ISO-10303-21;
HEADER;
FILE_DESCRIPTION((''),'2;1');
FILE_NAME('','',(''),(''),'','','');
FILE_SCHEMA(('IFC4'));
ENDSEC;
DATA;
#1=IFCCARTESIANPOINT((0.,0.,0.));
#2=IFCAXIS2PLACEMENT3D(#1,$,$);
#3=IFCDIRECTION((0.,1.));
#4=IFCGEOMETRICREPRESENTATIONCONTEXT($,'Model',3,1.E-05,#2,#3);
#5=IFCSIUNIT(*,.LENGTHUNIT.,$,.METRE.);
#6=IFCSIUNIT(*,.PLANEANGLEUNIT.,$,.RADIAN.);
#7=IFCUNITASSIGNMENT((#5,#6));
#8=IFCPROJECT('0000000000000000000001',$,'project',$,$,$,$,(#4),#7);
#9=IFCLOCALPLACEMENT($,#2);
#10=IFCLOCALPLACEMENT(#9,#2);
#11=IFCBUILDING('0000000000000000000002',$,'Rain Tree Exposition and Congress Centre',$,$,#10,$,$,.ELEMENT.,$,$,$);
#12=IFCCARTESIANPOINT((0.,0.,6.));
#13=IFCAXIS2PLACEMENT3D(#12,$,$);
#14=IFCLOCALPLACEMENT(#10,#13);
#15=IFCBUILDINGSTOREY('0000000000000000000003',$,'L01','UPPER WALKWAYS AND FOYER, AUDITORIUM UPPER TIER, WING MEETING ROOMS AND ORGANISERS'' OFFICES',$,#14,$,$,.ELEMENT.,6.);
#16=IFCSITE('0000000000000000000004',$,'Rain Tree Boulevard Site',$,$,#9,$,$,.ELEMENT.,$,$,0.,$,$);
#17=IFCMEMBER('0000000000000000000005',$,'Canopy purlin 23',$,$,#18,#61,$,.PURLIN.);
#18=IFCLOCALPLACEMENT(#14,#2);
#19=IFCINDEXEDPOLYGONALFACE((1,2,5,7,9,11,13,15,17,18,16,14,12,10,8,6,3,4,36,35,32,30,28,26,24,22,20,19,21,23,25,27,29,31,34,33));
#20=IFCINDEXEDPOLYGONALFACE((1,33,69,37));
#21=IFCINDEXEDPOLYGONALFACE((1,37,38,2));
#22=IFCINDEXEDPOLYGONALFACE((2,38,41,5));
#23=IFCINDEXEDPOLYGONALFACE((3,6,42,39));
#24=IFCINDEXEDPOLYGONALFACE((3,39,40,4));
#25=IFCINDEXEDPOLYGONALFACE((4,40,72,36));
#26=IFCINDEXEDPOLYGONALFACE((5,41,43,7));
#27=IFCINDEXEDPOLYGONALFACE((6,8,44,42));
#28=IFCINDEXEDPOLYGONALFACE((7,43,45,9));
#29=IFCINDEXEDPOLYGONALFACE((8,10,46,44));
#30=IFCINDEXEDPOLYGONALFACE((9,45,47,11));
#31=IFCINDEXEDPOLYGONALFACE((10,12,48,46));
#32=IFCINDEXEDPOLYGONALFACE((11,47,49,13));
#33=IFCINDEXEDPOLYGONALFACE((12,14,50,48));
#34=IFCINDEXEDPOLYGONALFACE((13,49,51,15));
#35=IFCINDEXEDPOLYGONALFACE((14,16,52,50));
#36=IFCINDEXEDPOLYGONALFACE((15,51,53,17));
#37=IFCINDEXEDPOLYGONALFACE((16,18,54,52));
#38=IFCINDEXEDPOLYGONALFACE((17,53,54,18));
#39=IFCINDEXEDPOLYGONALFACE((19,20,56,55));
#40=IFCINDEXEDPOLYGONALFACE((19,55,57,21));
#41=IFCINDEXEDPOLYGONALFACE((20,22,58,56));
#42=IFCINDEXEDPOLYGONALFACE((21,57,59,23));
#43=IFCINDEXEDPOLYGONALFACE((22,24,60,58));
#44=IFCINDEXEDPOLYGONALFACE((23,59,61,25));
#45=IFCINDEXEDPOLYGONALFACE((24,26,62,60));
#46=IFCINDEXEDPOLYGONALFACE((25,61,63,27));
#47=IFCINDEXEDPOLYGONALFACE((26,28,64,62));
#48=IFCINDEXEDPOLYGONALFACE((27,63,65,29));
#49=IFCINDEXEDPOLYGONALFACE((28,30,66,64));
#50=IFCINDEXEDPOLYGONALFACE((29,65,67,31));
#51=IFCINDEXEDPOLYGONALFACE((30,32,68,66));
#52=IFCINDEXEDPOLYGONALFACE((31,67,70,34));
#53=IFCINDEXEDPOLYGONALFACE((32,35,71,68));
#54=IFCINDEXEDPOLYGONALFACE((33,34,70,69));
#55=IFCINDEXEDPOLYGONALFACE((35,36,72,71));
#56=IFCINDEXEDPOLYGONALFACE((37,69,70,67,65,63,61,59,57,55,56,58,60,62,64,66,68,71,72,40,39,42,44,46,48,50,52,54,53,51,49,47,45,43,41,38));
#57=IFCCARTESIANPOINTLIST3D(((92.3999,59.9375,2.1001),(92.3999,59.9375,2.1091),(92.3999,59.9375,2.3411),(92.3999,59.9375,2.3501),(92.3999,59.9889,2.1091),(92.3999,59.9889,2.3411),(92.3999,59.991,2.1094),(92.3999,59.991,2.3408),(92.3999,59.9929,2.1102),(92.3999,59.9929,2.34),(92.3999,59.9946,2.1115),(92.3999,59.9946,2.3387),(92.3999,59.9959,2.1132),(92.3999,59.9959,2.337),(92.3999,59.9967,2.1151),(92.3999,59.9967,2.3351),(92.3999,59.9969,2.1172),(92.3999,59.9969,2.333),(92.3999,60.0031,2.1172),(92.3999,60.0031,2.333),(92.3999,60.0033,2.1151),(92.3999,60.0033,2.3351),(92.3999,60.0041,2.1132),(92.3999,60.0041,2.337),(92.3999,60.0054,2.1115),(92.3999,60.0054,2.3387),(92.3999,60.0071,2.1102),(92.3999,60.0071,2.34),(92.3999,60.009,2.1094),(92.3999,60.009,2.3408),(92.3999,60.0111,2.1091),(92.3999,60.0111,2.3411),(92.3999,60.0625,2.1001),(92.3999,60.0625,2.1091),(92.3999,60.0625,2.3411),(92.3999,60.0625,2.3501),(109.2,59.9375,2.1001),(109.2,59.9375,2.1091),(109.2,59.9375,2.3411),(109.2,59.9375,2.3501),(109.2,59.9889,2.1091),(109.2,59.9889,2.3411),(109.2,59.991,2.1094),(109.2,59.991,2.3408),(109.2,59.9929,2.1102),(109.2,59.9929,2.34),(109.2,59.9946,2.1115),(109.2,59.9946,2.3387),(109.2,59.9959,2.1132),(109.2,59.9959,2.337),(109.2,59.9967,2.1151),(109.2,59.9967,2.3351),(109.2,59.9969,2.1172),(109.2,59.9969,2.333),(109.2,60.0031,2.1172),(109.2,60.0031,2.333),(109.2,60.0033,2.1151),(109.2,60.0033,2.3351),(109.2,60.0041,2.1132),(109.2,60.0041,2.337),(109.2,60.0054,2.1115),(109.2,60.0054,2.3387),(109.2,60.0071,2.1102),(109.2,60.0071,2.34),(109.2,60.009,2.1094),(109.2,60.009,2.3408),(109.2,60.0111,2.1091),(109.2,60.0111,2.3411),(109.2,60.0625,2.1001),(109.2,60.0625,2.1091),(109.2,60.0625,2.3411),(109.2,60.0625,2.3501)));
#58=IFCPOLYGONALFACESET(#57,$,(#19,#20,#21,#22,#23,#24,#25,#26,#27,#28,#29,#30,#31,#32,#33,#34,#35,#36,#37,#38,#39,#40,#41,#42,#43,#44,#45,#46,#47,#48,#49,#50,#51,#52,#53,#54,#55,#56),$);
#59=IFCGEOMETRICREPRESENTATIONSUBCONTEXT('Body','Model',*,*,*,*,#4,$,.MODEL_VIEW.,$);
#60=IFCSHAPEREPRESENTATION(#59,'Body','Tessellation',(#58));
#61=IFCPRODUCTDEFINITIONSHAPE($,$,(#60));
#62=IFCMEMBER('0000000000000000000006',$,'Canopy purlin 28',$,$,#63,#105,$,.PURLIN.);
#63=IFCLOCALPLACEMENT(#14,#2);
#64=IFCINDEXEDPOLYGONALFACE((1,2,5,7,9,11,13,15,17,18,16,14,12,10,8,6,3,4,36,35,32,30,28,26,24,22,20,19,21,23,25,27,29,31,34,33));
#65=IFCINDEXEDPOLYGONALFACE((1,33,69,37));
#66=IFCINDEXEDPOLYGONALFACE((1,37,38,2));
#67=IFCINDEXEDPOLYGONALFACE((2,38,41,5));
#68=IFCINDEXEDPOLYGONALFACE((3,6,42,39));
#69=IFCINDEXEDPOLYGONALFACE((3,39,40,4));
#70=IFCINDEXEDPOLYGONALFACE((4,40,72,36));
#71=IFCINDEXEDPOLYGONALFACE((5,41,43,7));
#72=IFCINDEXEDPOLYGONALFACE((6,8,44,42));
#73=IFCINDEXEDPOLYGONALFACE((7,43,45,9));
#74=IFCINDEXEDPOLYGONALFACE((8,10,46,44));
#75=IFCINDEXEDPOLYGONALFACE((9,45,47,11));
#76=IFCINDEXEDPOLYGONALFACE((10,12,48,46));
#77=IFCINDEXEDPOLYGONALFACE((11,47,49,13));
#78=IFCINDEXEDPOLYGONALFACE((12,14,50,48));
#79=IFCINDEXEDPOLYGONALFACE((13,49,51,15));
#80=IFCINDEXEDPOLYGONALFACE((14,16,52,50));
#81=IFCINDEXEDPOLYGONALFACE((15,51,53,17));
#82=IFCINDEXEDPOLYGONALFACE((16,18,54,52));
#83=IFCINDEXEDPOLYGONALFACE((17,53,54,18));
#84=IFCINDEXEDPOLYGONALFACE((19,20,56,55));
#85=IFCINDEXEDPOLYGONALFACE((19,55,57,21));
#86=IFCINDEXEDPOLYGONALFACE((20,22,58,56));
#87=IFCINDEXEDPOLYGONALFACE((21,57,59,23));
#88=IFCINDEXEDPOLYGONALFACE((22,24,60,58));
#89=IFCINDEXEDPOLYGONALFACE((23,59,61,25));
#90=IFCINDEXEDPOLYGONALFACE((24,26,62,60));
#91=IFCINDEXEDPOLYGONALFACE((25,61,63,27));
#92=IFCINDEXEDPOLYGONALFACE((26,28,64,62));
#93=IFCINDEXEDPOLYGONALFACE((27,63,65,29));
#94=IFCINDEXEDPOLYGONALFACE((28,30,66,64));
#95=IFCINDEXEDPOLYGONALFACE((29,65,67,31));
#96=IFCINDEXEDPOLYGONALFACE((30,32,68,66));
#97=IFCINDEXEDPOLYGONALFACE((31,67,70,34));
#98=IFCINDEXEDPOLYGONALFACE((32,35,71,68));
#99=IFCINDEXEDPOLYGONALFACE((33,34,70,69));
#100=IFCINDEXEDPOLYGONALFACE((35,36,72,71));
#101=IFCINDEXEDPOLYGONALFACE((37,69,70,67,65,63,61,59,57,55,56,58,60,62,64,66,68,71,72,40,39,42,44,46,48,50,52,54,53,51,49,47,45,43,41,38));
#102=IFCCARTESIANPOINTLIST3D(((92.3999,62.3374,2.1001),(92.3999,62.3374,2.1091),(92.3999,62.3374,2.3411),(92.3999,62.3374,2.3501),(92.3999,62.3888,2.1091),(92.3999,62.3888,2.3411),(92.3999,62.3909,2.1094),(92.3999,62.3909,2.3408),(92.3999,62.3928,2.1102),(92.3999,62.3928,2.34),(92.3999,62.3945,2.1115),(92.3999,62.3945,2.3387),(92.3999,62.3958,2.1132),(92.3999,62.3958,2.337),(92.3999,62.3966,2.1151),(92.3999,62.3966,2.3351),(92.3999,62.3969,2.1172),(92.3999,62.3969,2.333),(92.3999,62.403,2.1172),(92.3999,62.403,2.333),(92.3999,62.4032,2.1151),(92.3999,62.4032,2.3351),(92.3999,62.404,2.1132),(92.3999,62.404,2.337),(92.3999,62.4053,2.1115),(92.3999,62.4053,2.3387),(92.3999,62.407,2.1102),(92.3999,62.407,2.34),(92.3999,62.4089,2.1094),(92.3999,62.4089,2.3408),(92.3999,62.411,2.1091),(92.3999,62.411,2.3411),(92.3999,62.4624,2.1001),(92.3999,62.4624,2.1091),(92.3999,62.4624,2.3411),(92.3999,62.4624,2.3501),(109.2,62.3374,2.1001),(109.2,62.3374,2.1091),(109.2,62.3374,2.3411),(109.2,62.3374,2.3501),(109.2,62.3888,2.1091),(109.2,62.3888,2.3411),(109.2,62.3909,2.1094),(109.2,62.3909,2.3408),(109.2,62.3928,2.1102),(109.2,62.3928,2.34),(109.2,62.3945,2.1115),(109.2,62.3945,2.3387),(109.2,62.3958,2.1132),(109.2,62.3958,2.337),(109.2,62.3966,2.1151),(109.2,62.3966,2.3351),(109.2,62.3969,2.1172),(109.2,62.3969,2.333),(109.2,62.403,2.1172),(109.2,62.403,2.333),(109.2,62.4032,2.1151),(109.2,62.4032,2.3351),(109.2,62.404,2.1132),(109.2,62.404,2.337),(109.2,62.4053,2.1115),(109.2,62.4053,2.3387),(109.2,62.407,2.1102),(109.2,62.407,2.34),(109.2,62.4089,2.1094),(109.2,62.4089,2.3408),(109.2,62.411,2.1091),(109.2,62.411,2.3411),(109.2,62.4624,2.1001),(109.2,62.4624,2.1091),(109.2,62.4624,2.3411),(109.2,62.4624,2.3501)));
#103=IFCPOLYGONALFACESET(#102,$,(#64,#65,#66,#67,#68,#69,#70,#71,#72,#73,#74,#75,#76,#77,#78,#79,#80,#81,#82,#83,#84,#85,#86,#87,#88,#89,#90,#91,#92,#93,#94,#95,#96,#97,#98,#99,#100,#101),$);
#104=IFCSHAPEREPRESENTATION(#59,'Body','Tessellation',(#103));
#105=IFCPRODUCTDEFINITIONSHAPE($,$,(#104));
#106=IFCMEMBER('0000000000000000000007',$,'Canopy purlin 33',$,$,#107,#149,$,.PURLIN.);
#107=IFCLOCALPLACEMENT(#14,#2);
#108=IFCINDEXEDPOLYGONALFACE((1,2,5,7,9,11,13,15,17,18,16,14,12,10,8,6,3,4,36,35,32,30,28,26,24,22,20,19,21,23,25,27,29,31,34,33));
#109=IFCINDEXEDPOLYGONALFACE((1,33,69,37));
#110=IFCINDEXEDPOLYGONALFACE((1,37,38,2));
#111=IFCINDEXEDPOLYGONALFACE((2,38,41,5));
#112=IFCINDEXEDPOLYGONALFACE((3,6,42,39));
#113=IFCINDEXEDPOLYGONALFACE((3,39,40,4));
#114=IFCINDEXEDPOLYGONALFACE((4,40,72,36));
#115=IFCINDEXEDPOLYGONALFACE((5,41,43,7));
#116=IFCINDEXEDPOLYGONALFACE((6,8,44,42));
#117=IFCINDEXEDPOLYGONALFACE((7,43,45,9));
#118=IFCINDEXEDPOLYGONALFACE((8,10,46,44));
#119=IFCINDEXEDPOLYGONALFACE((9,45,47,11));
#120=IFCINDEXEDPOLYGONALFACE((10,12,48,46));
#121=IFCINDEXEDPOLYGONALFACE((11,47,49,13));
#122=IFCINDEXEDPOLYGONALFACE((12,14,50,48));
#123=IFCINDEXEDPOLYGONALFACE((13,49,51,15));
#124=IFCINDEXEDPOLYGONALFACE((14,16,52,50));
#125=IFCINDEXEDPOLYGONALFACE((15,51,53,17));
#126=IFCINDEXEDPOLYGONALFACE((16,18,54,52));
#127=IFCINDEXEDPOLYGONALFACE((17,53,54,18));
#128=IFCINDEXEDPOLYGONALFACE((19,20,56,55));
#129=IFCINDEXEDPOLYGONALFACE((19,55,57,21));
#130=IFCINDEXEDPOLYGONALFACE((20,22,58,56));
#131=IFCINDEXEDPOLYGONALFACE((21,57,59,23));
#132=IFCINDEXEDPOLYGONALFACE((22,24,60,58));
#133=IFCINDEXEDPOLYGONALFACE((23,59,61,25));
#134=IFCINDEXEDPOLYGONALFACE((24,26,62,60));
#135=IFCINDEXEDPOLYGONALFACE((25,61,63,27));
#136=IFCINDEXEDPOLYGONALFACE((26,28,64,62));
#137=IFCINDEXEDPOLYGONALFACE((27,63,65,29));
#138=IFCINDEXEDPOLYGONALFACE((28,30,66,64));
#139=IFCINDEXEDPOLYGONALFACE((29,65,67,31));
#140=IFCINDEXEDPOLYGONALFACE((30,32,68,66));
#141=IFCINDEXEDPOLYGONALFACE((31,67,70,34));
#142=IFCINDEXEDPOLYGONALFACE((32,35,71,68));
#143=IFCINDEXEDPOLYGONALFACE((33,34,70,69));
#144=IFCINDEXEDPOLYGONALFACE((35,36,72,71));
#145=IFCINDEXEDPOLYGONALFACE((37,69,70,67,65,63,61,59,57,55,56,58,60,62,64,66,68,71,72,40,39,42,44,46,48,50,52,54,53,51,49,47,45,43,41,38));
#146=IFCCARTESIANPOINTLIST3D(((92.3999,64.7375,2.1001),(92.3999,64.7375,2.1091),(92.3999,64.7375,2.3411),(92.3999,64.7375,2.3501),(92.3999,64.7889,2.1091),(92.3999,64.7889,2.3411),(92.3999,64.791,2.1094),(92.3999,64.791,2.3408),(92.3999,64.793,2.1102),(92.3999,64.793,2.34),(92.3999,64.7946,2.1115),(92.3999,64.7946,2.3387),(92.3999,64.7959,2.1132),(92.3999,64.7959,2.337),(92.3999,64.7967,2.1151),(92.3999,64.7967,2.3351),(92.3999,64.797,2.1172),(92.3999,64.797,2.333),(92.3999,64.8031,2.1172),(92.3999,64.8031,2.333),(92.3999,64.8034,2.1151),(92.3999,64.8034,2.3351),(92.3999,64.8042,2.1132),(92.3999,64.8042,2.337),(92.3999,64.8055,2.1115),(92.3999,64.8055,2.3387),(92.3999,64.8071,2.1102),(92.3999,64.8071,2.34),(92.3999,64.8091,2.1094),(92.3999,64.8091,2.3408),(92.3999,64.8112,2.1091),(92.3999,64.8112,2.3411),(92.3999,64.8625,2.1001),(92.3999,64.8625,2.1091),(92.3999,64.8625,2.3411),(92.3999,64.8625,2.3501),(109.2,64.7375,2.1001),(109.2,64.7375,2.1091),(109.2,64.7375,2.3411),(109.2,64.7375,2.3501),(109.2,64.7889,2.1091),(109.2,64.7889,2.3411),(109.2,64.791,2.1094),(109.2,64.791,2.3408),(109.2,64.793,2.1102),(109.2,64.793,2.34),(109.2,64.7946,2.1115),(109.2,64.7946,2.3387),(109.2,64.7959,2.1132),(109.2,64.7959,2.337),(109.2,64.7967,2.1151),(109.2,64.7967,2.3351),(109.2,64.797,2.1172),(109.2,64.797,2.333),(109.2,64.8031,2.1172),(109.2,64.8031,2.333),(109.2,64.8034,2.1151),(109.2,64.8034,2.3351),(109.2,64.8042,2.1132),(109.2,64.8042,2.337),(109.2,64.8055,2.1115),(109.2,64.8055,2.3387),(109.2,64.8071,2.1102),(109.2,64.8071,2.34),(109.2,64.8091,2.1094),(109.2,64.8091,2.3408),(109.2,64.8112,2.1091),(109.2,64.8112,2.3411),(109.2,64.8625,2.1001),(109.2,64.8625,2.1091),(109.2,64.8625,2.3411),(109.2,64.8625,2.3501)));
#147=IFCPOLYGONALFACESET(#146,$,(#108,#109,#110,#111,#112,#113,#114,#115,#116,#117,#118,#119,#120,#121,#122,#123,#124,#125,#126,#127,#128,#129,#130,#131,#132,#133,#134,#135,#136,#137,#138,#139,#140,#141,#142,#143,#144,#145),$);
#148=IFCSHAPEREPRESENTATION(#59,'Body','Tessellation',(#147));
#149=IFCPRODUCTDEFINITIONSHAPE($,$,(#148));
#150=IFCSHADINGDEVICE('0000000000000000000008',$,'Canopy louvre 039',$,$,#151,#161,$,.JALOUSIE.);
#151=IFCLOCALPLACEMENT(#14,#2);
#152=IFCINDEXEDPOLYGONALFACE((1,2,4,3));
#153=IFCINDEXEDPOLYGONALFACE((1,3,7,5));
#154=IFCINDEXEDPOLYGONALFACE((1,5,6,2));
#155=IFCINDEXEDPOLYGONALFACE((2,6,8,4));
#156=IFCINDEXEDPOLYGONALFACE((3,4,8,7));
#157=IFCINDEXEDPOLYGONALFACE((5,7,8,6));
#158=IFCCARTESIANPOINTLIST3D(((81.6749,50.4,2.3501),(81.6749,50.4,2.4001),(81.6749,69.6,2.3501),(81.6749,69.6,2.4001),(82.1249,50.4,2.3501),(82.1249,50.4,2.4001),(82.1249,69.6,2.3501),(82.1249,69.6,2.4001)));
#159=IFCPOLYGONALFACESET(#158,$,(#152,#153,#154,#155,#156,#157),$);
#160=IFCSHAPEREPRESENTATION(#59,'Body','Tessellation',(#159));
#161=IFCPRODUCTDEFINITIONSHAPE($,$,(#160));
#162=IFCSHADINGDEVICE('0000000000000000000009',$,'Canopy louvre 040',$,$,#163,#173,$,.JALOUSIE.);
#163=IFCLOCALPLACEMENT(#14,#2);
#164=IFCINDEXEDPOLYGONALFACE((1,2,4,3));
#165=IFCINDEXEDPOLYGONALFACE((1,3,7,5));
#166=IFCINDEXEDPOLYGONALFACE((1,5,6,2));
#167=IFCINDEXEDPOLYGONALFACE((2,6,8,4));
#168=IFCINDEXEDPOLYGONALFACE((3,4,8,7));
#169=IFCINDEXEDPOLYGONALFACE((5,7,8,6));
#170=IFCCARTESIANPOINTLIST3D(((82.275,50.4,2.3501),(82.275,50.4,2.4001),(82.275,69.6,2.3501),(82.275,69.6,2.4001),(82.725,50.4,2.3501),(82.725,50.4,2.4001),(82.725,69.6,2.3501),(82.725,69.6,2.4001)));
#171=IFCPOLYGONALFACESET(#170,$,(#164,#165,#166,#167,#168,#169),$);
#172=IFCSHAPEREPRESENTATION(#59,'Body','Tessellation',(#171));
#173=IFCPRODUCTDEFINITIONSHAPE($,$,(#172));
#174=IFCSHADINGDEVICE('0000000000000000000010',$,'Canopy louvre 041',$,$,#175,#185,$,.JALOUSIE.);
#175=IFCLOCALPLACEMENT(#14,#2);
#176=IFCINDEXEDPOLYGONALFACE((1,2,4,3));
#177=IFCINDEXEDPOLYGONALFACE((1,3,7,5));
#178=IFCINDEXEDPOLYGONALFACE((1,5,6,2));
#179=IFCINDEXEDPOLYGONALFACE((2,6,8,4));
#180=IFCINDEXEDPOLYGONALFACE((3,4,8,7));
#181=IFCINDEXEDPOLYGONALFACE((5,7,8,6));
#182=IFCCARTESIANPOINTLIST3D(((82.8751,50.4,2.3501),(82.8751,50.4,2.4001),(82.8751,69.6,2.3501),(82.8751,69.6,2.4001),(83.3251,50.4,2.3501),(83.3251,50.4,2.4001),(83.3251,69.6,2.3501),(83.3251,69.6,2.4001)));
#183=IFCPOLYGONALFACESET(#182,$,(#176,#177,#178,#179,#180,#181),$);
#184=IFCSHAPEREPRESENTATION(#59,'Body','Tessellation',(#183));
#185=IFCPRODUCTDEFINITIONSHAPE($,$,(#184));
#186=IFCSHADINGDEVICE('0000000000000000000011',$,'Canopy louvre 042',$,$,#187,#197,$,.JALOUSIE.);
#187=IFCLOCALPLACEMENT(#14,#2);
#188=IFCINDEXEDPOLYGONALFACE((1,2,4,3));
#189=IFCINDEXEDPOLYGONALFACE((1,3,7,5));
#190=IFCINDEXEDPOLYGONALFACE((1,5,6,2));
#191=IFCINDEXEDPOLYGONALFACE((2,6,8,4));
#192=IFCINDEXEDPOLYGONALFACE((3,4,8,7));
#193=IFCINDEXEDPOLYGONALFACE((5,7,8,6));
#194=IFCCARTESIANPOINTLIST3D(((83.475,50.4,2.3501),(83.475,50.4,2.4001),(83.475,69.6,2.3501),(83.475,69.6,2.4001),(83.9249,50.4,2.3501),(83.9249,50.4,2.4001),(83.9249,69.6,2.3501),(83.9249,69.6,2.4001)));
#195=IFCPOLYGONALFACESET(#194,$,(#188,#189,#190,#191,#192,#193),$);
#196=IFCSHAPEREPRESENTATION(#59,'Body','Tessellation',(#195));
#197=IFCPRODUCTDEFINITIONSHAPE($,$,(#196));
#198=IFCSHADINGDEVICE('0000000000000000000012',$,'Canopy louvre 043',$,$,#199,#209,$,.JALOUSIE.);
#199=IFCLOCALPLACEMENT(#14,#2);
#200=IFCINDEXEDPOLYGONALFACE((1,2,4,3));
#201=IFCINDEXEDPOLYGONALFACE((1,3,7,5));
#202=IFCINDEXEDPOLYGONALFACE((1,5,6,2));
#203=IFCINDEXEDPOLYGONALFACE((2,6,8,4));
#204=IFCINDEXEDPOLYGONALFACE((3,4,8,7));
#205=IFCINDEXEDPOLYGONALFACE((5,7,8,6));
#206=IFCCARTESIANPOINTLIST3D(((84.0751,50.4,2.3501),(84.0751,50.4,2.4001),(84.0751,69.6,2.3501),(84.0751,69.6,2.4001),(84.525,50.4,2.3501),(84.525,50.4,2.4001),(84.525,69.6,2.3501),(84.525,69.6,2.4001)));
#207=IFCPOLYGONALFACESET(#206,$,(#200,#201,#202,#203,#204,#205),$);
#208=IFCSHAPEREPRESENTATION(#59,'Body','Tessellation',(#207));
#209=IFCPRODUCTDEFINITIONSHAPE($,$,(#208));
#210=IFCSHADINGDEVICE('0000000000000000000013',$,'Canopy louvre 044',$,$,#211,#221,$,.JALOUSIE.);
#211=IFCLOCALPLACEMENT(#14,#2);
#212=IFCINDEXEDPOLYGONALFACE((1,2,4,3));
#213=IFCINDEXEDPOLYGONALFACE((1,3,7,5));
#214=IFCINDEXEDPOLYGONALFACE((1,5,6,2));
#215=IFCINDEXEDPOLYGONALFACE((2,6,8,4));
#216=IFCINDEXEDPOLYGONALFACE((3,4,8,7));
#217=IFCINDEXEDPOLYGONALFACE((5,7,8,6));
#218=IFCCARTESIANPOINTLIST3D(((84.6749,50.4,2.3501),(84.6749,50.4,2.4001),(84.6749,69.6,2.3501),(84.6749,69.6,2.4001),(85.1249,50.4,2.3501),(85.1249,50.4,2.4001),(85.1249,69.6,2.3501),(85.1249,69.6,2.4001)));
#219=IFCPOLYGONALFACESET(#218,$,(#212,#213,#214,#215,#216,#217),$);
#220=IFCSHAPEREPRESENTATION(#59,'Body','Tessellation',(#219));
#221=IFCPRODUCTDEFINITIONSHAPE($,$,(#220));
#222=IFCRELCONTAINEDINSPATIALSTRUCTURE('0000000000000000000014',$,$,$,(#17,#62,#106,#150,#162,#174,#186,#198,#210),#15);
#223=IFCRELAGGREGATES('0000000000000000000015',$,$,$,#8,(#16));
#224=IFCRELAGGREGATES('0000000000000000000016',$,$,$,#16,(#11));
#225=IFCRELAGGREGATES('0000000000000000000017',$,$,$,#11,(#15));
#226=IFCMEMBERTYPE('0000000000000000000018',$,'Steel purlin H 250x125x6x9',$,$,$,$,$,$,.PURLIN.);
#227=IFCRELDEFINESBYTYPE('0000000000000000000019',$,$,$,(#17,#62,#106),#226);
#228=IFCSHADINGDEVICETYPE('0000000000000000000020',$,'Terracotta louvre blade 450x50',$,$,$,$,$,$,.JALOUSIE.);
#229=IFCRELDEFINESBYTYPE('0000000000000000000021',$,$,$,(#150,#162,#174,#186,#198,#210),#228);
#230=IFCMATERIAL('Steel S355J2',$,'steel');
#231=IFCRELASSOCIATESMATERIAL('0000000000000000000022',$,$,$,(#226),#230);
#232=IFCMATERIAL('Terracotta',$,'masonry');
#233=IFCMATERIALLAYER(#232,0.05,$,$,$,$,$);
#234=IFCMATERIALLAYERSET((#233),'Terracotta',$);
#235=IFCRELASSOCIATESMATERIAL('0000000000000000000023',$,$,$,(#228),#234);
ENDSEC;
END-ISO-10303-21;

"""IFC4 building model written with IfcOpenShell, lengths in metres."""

from ifc_helpers import new_model, si_unit, direction, frame, origin, origin_2d, place, context, subcontext, project, spatial, rectangle, i_section, extrude, material, layer, layer_set, material_profile, profile_set, type_object, element, save


model = new_model("IFC4")

# Units and contexts
model_context = context("Model", 3, precision=1e-05, world=origin(), true_north=direction((0.0, 1.0)))
body_context = subcontext(model_context, "Body", "Model", "MODEL_VIEW")
ifc_project = project(units=[si_unit("LENGTHUNIT", "METRE"), si_unit("PLANEANGLEUNIT", "RADIAN")], contexts=[model_context])

# Site, building, storey
site_placement = place(None, origin())
site = spatial("IfcSite", under=ifc_project, at=site_placement, Name="Rain Tree Boulevard Site", CompositionType="ELEMENT", RefElevation=0.0)
building_placement = place(site_placement, origin())
building = spatial("IfcBuilding", under=site, at=building_placement, Name="Rain Tree Exposition and Congress Centre", CompositionType="ELEMENT")
storey_placement = place(building_placement, frame((0.0, 0.0, 6.0)))
storey = spatial("IfcBuildingStorey", under=building, at=storey_placement, Name="L01", Description="UPPER WALKWAYS AND FOYER, AUDITORIUM UPPER TIER, WING MEETING ROOMS AND ORGANISERS' OFFICES", CompositionType="ELEMENT", Elevation=6.0)

# Members
ifc_material_1 = material(Name="Steel S355J2", Category="steel")
ifc_material_profile_1 = material_profile(ifc_material_1, i_section(OverallWidth=0.125, OverallDepth=0.25, WebThickness=0.0061, FlangeThickness=0.009, FilletRadius=0.0081, at=origin_2d()), Name="H 250x125x6x9")
ifc_profile_set_1 = profile_set([ifc_material_profile_1], Name="Steel S355J2")
member_type = type_object("IfcMemberType", Name="Steel purlin H 250x125x6x9", PredefinedType="PURLIN", material=ifc_profile_set_1)
for number, where, z_axis, x_axis, name in (
    (1, (92.3999, 60.0, 2.2251), (1.0, 0.0, 0.0), (0.0, 1.0, 0.0), "Canopy purlin 23"),
    (2, (92.3999, 62.3999, 2.2251), (1.0, 0.0, 0.0), (0.0, 1.0, 0.0), "Canopy purlin 28"),
    (3, (92.3999, 64.8, 2.2251), (1.0, 0.0, 0.0), (0.0, 1.0, 0.0), "Canopy purlin 33"),
):
    element("IfcMember", number, at=place(storey_placement, frame(where, z_axis=z_axis, x_axis=x_axis)), inside=storey, type_object=member_type, Name=name, PredefinedType="PURLIN", context=body_context, shape_type="SweptSolid", body=[
        extrude(i_section(OverallWidth=0.125, OverallDepth=0.25, WebThickness=0.0061, FlangeThickness=0.009, FilletRadius=0.0081, at=origin_2d()), origin(), (0.0, 0.0, 1.0), 16.8),
    ])

# Shading devices
ifc_material_2 = material(Name="Terracotta", Category="masonry")
ifc_layer = layer(ifc_material_2, 0.05)
ifc_layer_set = layer_set([ifc_layer], Name="Terracotta")
shading_device_type = type_object("IfcShadingDeviceType", Name="Terracotta louvre blade 450x50", PredefinedType="JALOUSIE", material=ifc_layer_set)
for number, where, z_axis, x_axis, name in (
    (4, (81.8999, 60.0, 2.3501), (0.0, 0.0, 1.0), (1.0, 0.0, 0.0), "Canopy louvre 039"),
    (5, (82.5, 60.0, 2.3501), (0.0, 0.0, 1.0), (1.0, 0.0, 0.0), "Canopy louvre 040"),
    (6, (83.1001, 60.0, 2.3501), (0.0, 0.0, 1.0), (1.0, 0.0, 0.0), "Canopy louvre 041"),
    (7, (83.7, 60.0, 2.3501), (0.0, 0.0, 1.0), (1.0, 0.0, 0.0), "Canopy louvre 042"),
    (8, (84.3, 60.0, 2.3501), (0.0, 0.0, 1.0), (1.0, 0.0, 0.0), "Canopy louvre 043"),
    (9, (84.8999, 60.0, 2.3501), (0.0, 0.0, 1.0), (1.0, 0.0, 0.0), "Canopy louvre 044"),
):
    element("IfcShadingDevice", number, at=place(storey_placement, frame(where, z_axis=z_axis, x_axis=x_axis)), inside=storey, type_object=shading_device_type, Name=name, PredefinedType="JALOUSIE", context=body_context, shape_type="SweptSolid", body=[
        extrude(rectangle(XDim=0.45, YDim=19.2, at=origin_2d()), origin(), (0.0, 0.0, 1.0), 0.05),
    ])

save(model, "model.ifc")
